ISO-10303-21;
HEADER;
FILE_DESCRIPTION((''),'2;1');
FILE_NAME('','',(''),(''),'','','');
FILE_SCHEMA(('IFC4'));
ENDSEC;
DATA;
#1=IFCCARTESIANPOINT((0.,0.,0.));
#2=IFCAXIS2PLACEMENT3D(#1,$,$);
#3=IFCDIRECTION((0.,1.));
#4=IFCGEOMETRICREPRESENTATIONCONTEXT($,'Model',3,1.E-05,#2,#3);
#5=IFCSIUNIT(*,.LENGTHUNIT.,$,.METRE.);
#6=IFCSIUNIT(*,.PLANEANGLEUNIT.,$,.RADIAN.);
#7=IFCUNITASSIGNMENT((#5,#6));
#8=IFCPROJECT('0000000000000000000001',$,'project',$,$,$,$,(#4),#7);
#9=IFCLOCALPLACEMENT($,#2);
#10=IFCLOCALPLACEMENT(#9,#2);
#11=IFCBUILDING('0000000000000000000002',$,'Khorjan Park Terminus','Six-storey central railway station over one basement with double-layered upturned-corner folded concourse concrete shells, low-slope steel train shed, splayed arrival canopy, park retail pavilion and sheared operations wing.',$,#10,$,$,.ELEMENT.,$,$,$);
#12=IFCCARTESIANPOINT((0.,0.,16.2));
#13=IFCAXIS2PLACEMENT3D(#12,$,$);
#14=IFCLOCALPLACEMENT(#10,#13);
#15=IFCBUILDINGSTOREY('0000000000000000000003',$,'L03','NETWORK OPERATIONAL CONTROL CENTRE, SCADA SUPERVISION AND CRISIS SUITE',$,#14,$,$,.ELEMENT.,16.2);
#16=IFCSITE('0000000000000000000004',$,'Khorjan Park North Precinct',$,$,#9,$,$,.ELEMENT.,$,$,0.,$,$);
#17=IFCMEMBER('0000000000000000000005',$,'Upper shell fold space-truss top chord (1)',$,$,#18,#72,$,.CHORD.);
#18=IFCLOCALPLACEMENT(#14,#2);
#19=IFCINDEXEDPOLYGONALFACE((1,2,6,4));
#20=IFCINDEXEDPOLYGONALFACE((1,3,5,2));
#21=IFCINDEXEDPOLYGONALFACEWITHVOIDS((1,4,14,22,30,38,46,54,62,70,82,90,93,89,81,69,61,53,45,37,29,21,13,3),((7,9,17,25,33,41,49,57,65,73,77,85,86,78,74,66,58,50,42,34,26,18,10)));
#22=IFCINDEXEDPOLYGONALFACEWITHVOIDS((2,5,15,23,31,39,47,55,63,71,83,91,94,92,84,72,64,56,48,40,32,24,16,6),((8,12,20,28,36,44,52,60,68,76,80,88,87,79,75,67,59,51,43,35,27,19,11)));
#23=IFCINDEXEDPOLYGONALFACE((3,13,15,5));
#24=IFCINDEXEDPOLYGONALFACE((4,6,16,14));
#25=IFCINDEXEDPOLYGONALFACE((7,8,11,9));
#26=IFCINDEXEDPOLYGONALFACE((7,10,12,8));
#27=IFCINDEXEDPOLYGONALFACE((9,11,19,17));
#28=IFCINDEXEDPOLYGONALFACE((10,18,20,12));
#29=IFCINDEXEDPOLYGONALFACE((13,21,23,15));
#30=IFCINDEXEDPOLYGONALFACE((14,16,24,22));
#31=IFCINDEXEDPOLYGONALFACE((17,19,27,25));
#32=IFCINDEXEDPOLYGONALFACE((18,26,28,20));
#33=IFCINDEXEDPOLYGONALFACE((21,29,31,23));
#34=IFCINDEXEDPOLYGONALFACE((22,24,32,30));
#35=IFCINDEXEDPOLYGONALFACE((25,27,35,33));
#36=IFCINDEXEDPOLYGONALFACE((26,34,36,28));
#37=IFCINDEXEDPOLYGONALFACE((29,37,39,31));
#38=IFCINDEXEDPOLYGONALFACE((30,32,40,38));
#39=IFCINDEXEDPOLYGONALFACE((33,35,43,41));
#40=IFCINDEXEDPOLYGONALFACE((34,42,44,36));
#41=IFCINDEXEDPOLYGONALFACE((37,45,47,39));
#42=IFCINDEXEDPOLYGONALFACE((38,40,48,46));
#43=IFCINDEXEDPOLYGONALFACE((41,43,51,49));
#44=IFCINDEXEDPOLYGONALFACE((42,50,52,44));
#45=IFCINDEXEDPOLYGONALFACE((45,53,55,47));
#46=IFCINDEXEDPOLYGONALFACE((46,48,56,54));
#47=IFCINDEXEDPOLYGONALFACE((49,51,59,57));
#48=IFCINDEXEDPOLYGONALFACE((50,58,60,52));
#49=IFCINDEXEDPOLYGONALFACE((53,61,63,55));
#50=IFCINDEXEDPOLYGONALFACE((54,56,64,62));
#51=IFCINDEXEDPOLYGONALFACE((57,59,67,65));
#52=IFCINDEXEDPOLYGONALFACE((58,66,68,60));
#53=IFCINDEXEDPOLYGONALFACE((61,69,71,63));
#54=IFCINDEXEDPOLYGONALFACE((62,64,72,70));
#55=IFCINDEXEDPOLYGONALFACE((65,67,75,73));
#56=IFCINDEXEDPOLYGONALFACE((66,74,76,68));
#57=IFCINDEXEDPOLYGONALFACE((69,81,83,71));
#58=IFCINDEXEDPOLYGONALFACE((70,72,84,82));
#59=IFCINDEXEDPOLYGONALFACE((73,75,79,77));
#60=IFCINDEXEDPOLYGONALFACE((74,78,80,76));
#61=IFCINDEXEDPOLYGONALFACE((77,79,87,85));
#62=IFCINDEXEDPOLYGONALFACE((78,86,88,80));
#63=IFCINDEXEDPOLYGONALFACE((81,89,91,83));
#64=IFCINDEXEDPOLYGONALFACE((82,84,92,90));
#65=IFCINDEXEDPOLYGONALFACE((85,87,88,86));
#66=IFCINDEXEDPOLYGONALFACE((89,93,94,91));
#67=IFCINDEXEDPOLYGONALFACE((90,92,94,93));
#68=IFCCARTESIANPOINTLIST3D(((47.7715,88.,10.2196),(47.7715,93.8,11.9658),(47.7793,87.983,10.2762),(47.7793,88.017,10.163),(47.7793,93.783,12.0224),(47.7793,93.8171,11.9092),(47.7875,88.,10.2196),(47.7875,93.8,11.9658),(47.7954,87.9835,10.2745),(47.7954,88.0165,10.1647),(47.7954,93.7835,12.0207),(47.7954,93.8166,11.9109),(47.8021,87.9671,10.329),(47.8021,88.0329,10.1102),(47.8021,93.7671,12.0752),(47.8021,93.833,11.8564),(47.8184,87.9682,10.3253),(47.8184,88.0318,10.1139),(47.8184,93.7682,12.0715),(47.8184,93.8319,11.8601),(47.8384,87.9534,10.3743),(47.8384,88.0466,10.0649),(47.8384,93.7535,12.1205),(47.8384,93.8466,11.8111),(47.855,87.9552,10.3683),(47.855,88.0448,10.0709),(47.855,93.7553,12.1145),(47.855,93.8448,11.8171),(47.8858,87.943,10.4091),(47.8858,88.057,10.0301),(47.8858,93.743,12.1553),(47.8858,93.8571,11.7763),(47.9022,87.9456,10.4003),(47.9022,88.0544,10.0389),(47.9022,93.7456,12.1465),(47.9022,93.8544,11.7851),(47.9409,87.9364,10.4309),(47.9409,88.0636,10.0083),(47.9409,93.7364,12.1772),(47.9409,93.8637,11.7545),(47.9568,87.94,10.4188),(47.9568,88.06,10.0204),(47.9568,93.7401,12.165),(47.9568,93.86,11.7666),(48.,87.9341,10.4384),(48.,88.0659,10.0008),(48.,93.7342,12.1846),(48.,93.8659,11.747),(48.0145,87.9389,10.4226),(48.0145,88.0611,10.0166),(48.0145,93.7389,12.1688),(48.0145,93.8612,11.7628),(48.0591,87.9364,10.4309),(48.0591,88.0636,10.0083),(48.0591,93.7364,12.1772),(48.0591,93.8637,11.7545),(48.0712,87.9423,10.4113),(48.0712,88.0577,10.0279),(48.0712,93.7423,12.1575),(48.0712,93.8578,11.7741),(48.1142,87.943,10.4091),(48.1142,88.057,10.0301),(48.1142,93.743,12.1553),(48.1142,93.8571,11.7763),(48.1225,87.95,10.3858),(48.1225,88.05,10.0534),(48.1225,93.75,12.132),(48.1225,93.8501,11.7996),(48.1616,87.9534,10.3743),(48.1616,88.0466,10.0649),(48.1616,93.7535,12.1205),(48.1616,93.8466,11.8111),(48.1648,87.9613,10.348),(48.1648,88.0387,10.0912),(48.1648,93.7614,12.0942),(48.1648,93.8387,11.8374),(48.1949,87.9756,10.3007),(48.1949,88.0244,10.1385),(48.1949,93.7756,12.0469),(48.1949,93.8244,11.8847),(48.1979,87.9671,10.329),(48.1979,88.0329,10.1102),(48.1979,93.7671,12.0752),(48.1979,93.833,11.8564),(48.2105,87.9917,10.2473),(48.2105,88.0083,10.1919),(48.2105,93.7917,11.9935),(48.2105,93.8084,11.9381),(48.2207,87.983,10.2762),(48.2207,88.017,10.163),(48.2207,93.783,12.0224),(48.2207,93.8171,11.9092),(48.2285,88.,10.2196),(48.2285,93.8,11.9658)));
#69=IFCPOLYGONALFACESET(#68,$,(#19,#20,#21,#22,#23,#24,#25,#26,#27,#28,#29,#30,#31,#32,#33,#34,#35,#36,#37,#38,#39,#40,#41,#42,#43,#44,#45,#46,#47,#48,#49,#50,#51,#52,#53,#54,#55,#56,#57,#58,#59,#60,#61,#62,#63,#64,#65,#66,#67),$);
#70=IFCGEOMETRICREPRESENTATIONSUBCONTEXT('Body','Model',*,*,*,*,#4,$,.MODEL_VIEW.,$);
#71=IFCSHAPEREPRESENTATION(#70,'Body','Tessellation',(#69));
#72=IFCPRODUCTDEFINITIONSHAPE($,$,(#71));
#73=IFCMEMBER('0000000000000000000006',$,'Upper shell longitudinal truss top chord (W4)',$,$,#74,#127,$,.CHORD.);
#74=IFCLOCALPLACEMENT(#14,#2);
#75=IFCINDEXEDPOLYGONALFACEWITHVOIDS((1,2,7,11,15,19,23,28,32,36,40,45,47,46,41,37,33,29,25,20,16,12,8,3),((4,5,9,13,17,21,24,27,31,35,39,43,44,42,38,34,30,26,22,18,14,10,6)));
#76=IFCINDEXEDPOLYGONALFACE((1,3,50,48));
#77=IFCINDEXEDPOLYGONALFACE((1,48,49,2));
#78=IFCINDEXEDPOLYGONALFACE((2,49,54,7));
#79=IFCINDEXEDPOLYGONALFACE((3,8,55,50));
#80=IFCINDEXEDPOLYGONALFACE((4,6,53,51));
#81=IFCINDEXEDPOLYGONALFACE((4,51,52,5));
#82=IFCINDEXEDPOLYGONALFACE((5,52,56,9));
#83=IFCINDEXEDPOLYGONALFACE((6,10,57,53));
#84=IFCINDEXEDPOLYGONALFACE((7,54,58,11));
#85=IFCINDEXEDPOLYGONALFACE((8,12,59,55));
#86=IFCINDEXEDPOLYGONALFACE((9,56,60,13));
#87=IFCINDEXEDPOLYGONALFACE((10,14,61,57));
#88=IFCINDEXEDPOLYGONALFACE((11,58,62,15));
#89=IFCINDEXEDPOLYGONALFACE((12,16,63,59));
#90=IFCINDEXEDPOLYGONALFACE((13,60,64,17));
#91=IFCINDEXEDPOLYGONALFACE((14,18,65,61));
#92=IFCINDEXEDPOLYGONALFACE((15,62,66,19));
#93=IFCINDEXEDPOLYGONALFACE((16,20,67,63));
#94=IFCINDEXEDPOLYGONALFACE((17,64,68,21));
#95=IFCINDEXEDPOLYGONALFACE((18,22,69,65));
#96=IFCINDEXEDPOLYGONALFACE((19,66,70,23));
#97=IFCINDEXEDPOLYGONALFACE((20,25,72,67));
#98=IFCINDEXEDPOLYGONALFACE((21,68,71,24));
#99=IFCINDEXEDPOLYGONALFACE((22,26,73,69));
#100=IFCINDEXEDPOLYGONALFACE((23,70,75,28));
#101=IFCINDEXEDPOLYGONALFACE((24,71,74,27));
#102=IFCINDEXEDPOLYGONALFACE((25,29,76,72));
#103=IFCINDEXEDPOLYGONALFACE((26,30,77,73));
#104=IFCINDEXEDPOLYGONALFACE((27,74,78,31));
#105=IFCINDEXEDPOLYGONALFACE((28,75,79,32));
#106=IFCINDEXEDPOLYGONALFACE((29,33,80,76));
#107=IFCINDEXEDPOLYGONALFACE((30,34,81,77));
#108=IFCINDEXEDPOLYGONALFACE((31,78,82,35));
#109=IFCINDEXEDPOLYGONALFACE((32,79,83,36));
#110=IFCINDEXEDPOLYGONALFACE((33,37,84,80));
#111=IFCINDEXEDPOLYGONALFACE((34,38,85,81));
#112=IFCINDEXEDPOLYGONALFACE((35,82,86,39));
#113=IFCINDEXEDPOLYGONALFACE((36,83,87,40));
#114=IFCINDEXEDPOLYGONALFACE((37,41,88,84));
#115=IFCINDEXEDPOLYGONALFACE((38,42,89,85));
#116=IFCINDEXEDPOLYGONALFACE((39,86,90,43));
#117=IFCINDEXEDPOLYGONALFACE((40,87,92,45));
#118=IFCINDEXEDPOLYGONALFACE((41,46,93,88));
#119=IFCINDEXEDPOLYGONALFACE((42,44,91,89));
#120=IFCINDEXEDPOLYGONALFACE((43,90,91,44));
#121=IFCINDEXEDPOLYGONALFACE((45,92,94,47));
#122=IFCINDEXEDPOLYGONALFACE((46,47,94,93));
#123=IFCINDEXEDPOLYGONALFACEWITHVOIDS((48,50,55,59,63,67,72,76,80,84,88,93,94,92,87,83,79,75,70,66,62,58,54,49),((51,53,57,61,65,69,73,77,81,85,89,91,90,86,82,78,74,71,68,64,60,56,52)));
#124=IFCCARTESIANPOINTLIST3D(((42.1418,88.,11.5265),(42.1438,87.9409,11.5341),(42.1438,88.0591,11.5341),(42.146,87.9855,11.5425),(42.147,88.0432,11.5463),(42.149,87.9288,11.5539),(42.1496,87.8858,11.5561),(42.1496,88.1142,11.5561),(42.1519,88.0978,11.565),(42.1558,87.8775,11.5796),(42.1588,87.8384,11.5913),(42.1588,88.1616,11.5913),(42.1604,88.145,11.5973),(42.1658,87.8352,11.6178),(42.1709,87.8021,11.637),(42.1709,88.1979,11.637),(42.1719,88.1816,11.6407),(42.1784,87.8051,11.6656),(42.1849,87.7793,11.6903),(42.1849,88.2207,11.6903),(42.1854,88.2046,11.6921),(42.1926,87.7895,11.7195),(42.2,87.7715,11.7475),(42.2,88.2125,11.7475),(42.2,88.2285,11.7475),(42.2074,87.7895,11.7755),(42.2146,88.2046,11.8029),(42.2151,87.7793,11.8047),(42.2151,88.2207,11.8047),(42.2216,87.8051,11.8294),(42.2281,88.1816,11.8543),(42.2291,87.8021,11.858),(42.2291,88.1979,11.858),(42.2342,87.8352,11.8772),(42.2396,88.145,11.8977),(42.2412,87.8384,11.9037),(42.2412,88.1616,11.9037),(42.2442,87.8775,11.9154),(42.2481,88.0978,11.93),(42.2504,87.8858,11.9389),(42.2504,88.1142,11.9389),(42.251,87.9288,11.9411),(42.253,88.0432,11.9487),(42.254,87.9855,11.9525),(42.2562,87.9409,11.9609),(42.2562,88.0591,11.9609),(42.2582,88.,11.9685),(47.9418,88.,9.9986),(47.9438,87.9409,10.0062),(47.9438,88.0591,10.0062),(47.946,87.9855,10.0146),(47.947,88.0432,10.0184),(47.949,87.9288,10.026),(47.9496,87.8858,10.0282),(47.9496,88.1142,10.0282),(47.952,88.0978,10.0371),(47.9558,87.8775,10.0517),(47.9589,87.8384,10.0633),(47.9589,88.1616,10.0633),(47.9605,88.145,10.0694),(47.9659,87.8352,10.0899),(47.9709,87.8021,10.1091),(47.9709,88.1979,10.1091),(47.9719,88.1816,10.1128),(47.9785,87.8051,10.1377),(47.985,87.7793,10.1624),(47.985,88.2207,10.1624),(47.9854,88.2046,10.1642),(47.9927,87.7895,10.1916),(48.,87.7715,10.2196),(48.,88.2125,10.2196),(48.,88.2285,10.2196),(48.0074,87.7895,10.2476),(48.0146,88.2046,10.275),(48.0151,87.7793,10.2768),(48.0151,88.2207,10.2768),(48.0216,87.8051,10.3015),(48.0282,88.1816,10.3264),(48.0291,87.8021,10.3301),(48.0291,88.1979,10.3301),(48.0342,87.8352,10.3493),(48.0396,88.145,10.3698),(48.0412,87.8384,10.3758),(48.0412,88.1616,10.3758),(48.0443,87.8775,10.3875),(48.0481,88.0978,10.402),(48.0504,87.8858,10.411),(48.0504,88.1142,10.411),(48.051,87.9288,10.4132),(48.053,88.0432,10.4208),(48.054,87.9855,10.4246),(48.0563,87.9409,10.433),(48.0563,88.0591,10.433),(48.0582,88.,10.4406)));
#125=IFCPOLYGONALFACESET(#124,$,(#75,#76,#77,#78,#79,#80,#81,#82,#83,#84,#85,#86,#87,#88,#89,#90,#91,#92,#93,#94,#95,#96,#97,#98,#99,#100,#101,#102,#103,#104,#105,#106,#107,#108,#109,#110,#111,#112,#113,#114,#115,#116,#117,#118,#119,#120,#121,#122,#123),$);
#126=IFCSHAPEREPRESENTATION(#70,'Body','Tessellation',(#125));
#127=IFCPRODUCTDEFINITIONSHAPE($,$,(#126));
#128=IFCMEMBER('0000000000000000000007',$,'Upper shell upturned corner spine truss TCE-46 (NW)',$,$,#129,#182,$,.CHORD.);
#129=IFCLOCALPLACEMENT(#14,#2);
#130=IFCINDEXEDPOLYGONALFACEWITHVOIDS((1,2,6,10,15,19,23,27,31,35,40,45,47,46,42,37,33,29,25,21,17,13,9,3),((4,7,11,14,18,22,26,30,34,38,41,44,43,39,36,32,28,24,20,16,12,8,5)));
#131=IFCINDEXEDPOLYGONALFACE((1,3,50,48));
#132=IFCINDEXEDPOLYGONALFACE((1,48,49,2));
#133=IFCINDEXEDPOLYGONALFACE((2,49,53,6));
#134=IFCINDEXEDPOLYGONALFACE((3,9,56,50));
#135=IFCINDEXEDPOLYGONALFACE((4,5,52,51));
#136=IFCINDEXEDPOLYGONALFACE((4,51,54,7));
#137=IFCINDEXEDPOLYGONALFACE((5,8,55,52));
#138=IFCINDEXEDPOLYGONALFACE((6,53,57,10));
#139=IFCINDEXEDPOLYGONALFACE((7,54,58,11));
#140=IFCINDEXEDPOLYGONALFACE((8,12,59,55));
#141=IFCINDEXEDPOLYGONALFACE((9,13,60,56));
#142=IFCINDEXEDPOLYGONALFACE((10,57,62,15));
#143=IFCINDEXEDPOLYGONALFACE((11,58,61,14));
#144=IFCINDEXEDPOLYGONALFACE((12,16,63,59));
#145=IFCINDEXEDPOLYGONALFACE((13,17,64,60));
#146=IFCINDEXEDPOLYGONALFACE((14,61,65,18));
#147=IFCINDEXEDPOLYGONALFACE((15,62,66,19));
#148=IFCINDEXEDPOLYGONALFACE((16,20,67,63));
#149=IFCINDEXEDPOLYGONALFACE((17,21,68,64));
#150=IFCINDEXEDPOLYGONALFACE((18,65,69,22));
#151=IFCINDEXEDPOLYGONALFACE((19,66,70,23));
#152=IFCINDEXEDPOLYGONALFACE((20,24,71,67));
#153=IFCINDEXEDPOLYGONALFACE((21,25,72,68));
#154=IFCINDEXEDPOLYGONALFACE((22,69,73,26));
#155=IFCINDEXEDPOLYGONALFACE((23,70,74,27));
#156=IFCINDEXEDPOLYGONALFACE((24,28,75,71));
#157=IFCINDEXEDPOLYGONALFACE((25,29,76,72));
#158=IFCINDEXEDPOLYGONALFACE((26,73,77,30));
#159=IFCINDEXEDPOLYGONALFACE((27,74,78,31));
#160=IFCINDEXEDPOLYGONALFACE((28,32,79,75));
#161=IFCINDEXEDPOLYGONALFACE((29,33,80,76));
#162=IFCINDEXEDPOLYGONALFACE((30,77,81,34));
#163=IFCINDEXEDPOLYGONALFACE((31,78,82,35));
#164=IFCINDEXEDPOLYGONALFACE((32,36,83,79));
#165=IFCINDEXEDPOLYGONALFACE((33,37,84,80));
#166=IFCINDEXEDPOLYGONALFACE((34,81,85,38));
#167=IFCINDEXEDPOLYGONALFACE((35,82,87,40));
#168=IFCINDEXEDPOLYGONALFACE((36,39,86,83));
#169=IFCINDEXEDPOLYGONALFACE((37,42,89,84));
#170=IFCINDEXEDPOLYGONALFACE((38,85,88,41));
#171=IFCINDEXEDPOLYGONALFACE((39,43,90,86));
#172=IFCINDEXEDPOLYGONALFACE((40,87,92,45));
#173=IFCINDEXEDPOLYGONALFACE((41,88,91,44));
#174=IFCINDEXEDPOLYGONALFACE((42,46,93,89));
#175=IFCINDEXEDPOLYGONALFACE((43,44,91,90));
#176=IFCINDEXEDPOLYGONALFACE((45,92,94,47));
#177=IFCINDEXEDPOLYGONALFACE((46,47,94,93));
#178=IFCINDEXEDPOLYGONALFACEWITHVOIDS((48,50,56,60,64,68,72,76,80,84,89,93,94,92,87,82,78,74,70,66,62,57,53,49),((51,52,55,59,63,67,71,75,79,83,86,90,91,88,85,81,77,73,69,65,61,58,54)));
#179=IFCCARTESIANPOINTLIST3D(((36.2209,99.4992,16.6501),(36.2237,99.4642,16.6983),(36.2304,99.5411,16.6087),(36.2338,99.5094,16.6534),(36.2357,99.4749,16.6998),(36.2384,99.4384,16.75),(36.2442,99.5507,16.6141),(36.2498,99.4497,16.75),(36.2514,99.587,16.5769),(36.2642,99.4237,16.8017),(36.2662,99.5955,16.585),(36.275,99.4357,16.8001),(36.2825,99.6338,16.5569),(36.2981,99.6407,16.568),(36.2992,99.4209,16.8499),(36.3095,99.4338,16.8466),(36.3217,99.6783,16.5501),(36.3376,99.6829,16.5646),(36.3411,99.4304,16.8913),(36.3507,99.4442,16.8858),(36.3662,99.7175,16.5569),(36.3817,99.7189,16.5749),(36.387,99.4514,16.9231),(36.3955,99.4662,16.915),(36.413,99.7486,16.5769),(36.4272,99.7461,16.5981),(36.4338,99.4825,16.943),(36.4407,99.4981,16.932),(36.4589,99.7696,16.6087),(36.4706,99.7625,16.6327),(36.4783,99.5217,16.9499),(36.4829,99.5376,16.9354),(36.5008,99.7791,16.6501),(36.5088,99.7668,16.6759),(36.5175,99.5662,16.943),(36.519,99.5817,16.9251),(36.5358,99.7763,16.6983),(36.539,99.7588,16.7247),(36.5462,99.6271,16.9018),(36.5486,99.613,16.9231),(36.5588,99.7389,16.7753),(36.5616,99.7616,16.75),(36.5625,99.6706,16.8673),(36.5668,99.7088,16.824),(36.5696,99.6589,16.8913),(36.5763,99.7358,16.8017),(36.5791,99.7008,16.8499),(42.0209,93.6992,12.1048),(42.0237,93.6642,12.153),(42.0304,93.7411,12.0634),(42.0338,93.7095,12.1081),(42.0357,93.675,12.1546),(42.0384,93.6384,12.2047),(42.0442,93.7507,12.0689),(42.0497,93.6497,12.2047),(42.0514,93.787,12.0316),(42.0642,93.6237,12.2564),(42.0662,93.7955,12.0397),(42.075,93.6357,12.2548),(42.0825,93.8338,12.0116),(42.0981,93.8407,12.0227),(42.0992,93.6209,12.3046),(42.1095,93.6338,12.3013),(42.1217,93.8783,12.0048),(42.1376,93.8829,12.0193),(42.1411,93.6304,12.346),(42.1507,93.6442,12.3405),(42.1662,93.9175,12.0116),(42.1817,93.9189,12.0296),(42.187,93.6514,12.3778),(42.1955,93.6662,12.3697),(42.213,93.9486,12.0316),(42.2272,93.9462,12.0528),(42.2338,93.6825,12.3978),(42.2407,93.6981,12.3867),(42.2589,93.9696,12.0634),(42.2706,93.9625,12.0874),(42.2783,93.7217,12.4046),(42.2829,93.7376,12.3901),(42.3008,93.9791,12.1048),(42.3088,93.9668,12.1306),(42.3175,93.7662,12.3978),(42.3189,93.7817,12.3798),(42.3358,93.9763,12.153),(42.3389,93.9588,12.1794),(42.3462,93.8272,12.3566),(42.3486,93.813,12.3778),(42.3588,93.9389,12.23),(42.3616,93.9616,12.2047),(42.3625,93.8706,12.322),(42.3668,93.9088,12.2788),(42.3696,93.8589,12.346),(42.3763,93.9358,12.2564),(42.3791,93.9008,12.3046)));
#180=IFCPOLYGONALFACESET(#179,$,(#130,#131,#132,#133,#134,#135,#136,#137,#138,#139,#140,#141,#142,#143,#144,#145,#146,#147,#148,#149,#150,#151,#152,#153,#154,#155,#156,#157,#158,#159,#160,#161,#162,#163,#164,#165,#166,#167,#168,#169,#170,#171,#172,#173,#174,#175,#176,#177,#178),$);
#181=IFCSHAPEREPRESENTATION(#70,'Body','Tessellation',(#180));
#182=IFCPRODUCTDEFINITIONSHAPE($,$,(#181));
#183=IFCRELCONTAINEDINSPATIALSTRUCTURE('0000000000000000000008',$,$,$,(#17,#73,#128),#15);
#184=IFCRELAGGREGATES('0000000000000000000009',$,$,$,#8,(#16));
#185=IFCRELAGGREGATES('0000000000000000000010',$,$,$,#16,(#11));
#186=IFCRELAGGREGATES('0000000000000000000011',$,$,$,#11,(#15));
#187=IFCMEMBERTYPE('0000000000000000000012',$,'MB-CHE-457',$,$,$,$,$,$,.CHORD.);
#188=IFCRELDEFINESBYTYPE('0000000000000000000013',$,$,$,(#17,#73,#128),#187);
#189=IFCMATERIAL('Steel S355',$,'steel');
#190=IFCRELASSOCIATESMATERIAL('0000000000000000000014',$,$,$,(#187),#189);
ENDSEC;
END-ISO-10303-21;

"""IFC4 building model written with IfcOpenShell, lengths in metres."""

from ifc_helpers import new_model, si_unit, direction, frame, origin, origin_2d, place, context, subcontext, project, spatial, hollow_circle, extrude, material, material_profile, profile_set, type_object, element, save


model = new_model("IFC4")

# Units and contexts
model_context = context("Model", 3, precision=1e-05, world=origin(), true_north=direction((0.0, 1.0)))
body_context = subcontext(model_context, "Body", "Model", "MODEL_VIEW")
ifc_project = project(units=[si_unit("LENGTHUNIT", "METRE"), si_unit("PLANEANGLEUNIT", "RADIAN")], contexts=[model_context])

# Site, building, storey
site_placement = place(None, origin())
site = spatial("IfcSite", under=ifc_project, at=site_placement, Name="Khorjan Park North Precinct", CompositionType="ELEMENT", RefElevation=0.0)
building_placement = place(site_placement, origin())
building = spatial("IfcBuilding", under=site, at=building_placement, Name="Khorjan Park Terminus", Description="Six-storey central railway station over one basement with double-layered upturned-corner folded concourse concrete shells, low-slope steel train shed, splayed arrival canopy, park retail pavilion and sheared operations wing.", CompositionType="ELEMENT")
storey_placement = place(building_placement, frame((0.0, 0.0, 16.2)))
storey = spatial("IfcBuildingStorey", under=building, at=storey_placement, Name="L03", Description="NETWORK OPERATIONAL CONTROL CENTRE, SCADA SUPERVISION AND CRISIS SUITE", CompositionType="ELEMENT", Elevation=16.2)

# Members
ifc_material_1 = material(Name="Steel S355", Category="steel")
ifc_material_profile_1 = material_profile(ifc_material_1, hollow_circle(Radius=0.2285, WallThickness=0.016, at=origin_2d()), Name="CHS 457x16")
ifc_profile_set_1 = profile_set([ifc_material_profile_1], Name="Steel S355")
member_type_1 = type_object("IfcMemberType", Name="MB-CHE-457", PredefinedType="CHORD", material=ifc_profile_set_1)
member_1_placement = place(storey_placement, frame((48.0, 88.0, 10.2196), z_axis=(0.0, 0.957544, 0.288287), x_axis=(-1.0, 0.0, 0.0)))
element("IfcMember", 1, at=member_1_placement, inside=storey, type_object=member_type_1, Name="Upper shell fold space-truss top chord (1)", PredefinedType="CHORD", context=body_context, shape_type="SweptSolid", body=[
    extrude(hollow_circle(Radius=0.2285, WallThickness=0.016, at=origin_2d()), origin(), (0.0, 0.0, 1.0), 6.0572),
])
member_2_placement = place(storey_placement, frame((42.2, 88.0, 11.7475), z_axis=(0.967009, 0.0, -0.25474), x_axis=(0.0, 1.0, 0.0)))
element("IfcMember", 2, at=member_2_placement, inside=storey, type_object=member_type_1, Name="Upper shell longitudinal truss top chord (W4)", PredefinedType="CHORD", context=body_context, shape_type="SweptSolid", body=[
    extrude(hollow_circle(Radius=0.2285, WallThickness=0.016, at=origin_2d()), origin(), (0.0, 0.0, 1.0), 5.9979),
])
member_3_placement = place(storey_placement, frame((42.2, 93.8, 12.2047), z_axis=(-0.618494, 0.618494, 0.484697), x_axis=(-0.707107, -0.707107, 0.0)))
element("IfcMember", 3, at=member_3_placement, inside=storey, type_object=member_type_1, Name="Upper shell upturned corner spine truss TCE-46 (NW)", PredefinedType="CHORD", context=body_context, shape_type="SweptSolid", body=[
    extrude(hollow_circle(Radius=0.2285, WallThickness=0.016, at=origin_2d()), origin(), (0.0, 0.0, 1.0), 9.3776),
])

save(model, "model.ifc")
